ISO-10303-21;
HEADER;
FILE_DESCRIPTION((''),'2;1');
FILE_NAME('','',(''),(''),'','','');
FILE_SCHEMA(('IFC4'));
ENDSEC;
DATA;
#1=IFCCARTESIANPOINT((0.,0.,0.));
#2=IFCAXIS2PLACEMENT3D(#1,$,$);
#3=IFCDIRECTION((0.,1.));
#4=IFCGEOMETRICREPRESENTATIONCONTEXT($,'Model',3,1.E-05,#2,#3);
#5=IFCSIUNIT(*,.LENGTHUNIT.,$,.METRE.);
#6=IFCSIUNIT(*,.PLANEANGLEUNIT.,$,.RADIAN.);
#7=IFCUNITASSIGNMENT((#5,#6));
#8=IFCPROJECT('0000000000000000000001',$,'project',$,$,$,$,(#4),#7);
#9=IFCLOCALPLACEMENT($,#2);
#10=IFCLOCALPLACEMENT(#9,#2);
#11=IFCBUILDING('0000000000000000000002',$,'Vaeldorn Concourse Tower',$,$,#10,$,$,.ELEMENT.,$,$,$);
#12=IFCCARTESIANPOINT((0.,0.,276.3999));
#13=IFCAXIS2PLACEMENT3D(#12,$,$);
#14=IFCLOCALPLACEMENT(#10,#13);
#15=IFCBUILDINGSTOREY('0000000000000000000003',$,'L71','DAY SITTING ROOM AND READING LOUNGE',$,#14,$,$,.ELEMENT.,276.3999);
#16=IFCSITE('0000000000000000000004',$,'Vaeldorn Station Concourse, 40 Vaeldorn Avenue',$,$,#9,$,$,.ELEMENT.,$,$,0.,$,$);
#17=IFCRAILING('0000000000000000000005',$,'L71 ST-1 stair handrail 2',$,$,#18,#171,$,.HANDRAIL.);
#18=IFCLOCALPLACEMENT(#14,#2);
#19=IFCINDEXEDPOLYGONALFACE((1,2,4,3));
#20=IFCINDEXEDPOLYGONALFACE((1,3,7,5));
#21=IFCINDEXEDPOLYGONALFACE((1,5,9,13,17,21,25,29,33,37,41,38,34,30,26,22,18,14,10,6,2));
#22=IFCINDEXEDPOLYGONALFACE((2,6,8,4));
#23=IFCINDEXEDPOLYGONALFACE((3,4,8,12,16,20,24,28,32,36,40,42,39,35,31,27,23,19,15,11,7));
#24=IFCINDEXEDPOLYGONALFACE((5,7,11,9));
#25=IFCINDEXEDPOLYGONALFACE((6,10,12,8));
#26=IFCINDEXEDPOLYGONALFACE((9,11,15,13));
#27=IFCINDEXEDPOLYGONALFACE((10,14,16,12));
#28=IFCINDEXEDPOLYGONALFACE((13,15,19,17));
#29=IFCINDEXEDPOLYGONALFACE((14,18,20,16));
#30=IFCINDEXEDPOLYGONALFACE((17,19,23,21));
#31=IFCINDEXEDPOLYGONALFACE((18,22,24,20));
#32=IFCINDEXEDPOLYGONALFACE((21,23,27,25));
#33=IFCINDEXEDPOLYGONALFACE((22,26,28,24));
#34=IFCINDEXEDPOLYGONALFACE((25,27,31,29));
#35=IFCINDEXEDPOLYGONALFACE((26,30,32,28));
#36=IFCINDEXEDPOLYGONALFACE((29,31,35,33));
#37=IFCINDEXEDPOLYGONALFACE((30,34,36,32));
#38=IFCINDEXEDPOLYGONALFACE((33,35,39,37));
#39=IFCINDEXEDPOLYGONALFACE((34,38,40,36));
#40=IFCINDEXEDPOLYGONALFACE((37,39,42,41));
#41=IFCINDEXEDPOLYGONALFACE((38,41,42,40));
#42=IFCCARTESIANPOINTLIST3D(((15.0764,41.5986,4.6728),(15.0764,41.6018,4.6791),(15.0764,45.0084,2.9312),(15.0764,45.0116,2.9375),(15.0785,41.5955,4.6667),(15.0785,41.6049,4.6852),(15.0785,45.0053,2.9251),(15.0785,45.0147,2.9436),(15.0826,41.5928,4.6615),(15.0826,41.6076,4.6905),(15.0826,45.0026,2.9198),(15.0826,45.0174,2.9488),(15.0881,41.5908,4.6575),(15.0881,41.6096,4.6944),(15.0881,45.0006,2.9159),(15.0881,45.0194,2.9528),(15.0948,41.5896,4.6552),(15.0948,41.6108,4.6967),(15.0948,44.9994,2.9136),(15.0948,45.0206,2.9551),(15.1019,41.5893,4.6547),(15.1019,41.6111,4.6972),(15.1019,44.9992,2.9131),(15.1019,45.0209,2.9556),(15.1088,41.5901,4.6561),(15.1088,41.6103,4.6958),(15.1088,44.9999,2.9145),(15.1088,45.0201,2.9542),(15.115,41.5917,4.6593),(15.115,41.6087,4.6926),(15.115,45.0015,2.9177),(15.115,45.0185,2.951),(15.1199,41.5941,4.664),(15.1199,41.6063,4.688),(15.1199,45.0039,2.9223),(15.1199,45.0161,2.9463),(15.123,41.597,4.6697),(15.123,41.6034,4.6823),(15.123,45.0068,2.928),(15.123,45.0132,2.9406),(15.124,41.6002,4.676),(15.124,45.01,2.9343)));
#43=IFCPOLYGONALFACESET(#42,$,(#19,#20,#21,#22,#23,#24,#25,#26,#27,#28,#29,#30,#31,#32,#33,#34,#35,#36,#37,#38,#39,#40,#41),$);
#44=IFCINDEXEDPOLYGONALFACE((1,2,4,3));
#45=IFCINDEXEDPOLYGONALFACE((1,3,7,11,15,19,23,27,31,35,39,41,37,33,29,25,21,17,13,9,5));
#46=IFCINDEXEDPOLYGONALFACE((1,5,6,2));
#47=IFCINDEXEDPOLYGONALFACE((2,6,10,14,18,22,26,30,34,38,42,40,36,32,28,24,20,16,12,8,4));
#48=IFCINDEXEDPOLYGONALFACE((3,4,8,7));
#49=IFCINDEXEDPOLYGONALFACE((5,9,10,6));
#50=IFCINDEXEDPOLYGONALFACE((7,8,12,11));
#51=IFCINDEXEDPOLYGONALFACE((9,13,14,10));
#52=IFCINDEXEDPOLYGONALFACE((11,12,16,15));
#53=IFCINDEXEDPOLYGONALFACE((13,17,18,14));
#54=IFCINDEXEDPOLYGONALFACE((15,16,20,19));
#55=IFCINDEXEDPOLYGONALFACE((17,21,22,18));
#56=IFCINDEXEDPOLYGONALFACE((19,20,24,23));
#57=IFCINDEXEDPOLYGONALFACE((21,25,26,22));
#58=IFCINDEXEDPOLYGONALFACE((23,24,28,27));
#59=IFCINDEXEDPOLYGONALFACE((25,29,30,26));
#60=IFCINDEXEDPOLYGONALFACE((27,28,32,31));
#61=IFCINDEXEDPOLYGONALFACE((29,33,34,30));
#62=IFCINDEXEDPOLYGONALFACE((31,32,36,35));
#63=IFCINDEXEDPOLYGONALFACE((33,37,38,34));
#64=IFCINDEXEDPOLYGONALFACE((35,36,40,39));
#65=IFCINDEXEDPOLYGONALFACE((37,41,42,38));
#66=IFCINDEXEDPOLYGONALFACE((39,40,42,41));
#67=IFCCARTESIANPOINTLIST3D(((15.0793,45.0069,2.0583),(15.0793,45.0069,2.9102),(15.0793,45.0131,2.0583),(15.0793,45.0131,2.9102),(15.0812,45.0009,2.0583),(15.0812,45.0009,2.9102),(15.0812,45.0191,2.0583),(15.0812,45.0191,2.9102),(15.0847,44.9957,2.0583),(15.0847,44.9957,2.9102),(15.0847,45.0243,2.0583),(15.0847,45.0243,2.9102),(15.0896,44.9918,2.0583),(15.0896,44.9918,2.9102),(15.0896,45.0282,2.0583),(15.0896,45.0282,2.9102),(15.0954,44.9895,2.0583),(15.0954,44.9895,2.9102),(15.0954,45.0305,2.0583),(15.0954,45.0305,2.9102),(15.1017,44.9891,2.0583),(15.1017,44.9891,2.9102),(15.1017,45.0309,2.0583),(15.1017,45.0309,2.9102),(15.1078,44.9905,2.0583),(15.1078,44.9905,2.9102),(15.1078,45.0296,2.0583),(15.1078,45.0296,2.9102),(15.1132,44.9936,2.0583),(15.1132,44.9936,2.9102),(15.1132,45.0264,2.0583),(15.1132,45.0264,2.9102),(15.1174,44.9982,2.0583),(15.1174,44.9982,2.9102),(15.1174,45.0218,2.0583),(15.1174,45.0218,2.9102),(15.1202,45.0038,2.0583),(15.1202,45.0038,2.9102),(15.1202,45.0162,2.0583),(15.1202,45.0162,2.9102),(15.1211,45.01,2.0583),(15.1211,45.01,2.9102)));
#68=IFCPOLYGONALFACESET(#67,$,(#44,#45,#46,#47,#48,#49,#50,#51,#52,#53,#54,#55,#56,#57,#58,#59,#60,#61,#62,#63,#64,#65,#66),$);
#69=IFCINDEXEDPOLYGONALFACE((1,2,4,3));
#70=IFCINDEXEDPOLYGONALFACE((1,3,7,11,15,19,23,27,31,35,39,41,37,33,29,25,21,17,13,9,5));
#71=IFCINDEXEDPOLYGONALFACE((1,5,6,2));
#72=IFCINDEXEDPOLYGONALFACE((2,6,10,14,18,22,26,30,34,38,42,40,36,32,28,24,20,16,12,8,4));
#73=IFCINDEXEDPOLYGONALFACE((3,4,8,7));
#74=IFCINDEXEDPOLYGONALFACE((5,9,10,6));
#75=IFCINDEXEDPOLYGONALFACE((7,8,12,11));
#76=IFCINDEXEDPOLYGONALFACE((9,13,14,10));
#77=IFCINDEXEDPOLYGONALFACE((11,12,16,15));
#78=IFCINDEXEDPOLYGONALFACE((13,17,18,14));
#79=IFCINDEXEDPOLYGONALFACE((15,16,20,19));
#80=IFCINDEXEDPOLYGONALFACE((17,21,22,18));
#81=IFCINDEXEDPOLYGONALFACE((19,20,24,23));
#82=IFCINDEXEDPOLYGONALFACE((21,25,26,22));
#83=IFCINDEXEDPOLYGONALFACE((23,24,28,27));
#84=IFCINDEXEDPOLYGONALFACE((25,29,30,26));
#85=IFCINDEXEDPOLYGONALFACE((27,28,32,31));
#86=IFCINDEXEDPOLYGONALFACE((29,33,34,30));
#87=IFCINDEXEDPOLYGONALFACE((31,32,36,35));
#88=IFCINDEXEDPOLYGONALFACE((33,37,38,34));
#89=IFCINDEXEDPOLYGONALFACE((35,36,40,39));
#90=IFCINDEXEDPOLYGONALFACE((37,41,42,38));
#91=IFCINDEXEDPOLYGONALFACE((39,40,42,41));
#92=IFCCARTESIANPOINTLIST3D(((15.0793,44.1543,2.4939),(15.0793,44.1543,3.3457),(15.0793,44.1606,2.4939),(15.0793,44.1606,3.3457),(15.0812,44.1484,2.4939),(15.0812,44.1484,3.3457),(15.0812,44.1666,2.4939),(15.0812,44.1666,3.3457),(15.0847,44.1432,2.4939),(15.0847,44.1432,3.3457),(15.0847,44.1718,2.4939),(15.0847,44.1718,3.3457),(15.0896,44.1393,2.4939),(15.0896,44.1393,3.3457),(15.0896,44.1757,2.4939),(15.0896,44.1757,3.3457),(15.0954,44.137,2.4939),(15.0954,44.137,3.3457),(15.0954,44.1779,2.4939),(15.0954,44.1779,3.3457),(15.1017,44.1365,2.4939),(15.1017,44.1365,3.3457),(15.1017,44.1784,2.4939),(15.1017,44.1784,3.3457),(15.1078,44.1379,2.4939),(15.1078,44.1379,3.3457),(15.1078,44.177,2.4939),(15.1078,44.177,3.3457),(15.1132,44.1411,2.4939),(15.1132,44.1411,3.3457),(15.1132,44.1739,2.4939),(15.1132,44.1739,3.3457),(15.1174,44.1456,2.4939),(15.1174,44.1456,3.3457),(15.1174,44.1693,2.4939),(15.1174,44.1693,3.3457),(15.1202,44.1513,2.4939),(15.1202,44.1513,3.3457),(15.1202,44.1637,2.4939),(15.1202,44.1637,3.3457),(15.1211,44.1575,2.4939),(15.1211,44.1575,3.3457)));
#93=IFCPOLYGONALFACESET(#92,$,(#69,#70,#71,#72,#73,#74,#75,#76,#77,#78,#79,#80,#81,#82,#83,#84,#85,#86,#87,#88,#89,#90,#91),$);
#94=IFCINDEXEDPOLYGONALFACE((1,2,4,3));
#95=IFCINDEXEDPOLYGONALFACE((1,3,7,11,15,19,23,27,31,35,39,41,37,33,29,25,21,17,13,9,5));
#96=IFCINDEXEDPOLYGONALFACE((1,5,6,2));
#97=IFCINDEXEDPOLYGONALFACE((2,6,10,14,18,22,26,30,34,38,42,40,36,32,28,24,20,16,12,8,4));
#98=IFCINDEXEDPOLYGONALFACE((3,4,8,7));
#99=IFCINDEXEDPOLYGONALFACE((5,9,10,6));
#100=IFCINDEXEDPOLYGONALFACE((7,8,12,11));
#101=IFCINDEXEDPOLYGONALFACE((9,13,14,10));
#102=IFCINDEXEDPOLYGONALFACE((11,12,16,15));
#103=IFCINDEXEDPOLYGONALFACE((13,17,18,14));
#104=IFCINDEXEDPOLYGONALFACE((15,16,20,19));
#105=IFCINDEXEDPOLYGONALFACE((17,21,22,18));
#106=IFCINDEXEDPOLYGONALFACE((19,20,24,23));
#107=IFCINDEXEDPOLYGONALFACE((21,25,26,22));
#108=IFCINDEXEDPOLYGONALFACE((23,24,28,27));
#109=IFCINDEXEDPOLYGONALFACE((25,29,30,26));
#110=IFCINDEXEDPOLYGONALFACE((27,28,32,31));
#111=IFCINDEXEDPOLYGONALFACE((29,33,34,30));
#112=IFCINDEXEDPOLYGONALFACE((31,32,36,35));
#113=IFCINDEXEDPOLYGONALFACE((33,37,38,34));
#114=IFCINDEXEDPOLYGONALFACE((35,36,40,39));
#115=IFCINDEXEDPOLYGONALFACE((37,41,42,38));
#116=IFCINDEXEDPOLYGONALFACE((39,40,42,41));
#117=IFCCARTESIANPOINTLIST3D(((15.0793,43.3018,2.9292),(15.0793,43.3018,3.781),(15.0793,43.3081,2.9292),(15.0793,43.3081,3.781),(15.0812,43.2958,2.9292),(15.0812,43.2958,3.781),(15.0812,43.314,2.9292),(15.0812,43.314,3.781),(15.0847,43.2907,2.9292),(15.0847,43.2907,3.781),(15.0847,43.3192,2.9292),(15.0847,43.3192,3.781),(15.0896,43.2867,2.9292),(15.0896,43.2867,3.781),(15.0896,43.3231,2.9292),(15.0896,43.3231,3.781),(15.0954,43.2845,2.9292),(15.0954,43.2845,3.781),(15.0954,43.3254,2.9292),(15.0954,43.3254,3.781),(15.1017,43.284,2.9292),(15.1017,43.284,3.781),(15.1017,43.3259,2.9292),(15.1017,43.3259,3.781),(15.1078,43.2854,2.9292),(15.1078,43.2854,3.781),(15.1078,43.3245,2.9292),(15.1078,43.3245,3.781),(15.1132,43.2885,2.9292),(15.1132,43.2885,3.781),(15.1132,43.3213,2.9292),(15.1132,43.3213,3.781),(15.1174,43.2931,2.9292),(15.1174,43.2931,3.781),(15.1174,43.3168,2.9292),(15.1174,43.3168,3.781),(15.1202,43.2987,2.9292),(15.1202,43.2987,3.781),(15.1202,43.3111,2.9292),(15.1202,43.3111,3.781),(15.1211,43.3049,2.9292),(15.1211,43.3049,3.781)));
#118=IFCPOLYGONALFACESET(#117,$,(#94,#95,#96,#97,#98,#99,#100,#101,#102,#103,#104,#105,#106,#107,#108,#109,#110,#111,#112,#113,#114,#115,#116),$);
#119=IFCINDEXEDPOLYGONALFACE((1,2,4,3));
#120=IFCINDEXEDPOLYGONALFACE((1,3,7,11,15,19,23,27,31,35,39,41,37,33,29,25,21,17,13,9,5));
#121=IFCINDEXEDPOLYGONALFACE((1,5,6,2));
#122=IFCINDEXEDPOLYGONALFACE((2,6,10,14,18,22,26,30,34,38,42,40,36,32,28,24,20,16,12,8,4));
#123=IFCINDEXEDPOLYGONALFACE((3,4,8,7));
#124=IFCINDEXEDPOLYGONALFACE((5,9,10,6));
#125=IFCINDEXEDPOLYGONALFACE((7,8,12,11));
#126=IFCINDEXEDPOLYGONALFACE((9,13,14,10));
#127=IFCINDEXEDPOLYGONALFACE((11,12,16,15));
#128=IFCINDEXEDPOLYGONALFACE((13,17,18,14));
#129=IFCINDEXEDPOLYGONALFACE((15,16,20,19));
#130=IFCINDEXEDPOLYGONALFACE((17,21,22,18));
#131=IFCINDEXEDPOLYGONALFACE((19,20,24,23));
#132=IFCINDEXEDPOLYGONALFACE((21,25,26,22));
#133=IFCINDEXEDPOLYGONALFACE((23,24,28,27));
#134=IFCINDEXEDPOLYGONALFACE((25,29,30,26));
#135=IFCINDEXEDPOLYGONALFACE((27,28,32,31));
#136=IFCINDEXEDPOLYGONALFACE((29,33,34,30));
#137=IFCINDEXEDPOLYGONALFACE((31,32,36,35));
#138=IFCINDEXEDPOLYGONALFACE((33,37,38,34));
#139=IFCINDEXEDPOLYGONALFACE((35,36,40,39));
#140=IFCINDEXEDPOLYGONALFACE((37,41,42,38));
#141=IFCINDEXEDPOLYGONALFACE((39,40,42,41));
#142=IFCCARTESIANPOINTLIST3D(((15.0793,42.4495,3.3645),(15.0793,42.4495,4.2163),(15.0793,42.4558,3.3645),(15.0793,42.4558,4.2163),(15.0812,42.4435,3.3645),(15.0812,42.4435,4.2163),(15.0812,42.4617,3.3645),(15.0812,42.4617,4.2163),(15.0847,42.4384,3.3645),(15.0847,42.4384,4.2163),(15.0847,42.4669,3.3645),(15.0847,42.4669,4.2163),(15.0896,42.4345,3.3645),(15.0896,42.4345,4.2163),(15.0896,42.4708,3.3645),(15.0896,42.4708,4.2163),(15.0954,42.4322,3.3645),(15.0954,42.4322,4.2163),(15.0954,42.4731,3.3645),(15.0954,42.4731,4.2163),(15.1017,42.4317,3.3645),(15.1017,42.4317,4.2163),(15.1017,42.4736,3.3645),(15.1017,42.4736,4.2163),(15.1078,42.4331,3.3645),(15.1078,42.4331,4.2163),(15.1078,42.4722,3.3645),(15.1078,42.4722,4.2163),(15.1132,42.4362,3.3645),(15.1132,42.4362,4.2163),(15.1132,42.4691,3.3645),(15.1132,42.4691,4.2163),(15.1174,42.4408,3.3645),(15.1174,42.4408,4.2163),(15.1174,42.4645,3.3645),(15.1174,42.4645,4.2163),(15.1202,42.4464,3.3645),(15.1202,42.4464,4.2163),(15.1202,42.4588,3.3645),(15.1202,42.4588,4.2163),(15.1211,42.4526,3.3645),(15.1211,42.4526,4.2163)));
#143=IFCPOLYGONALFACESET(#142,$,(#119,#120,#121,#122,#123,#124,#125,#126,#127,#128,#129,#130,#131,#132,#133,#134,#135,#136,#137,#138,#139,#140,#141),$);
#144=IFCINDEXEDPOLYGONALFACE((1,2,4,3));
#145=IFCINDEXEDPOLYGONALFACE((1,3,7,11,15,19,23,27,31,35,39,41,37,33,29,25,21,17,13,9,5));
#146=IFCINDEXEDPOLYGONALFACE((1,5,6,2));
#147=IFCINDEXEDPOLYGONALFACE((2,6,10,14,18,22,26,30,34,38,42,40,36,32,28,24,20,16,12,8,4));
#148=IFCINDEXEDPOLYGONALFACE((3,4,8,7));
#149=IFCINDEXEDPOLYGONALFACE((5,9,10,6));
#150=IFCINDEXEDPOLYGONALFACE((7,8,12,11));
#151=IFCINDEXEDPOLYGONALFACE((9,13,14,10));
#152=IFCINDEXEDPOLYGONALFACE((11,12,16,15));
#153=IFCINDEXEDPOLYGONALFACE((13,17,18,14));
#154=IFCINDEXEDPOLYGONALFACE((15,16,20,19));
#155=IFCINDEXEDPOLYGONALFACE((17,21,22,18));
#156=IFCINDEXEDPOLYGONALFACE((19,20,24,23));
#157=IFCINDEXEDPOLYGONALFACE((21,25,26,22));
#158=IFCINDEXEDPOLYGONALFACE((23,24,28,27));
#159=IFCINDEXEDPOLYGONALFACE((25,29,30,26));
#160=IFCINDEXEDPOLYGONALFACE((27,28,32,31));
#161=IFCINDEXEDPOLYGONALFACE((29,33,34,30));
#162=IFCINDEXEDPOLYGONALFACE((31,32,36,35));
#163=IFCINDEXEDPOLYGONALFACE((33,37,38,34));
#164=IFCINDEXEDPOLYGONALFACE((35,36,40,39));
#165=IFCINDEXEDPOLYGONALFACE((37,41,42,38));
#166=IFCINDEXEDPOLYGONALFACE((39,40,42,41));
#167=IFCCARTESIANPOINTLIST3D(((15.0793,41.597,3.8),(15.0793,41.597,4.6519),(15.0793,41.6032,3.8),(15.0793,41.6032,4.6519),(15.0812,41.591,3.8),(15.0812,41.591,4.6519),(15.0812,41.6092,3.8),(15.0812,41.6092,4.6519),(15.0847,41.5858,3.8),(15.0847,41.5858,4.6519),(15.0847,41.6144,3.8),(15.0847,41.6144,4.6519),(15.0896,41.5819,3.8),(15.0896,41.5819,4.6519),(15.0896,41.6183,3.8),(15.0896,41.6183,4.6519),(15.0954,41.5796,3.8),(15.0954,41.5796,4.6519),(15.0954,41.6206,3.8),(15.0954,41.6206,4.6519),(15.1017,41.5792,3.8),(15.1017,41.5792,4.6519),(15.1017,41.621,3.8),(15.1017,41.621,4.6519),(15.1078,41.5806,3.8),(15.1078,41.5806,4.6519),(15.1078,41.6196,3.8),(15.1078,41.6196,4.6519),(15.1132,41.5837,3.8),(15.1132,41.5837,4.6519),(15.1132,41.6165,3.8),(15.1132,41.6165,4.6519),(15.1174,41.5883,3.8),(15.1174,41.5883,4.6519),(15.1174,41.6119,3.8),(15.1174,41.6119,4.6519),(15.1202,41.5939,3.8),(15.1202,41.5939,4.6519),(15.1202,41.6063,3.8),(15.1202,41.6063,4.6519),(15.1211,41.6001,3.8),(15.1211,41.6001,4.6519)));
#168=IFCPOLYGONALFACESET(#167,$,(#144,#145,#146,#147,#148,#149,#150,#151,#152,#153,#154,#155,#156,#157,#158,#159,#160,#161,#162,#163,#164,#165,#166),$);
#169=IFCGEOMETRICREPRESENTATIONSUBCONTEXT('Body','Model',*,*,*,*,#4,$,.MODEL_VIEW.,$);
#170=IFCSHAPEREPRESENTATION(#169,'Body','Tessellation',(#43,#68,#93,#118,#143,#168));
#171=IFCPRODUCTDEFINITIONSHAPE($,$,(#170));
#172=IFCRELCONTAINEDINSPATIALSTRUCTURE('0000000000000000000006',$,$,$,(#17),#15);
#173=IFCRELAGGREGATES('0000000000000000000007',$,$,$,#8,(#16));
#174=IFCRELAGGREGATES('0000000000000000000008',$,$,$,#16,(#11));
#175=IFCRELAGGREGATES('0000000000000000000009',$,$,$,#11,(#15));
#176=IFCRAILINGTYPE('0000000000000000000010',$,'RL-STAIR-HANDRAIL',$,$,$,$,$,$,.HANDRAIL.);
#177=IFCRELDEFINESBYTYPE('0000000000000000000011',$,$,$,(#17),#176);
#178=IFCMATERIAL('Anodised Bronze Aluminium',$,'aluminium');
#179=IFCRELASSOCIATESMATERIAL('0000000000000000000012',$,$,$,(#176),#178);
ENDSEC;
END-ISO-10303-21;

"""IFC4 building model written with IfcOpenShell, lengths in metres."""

from ifc_helpers import new_model, si_unit, direction, frame, origin, origin_2d, place, context, subcontext, project, spatial, circle, extrude, material, type_object, element, save


model = new_model("IFC4")

# Units and contexts
model_context = context("Model", 3, precision=1e-05, world=origin(), true_north=direction((0.0, 1.0)))
body_context = subcontext(model_context, "Body", "Model", "MODEL_VIEW")
ifc_project = project(units=[si_unit("LENGTHUNIT", "METRE"), si_unit("PLANEANGLEUNIT", "RADIAN")], contexts=[model_context])

# Site, building, storey
site_placement = place(None, origin())
site = spatial("IfcSite", under=ifc_project, at=site_placement, Name="Vaeldorn Station Concourse, 40 Vaeldorn Avenue", CompositionType="ELEMENT", RefElevation=0.0)
building_placement = place(site_placement, origin())
building = spatial("IfcBuilding", under=site, at=building_placement, Name="Vaeldorn Concourse Tower", CompositionType="ELEMENT")
storey_placement = place(building_placement, frame((0.0, 0.0, 276.3999)))
storey = spatial("IfcBuildingStorey", under=building, at=storey_placement, Name="L71", Description="DAY SITTING ROOM AND READING LOUNGE", CompositionType="ELEMENT", Elevation=276.3999)

# Shared definitions
ifc_material_1 = material(Name="Anodised Bronze Aluminium", Category="aluminium")

# Railing
railing_type_1 = type_object("IfcRailingType", Name="RL-STAIR-HANDRAIL", PredefinedType="HANDRAIL", material=ifc_material_1)
railing_1_placement = place(storey_placement, frame((15.1001, 45.01, 2.0583)))
element("IfcRailing", 1, at=railing_1_placement, inside=storey, type_object=railing_type_1, Name="L71 ST-1 stair handrail 2", PredefinedType="HANDRAIL", context=body_context, shape_type="SweptSolid", body=[
    extrude(circle(Radius=0.0239, at=origin_2d()), frame((0.0, 0.0, 0.876), z_axis=(0.0, -0.890556, 0.454874), x_axis=(1.0, 0.0, 0.0)), (0.0, 0.0, 1.0), 3.8289),
    extrude(circle(Radius=0.021, at=origin_2d()), origin(), (0.0, 0.0, 1.0), 0.8518),
    extrude(circle(Radius=0.021, at=origin_2d()), frame((0.0, -0.8525, 0.4355)), (0.0, 0.0, 1.0), 0.8518),
    extrude(circle(Radius=0.021, at=origin_2d()), frame((0.0, -1.7051, 0.8708)), (0.0, 0.0, 1.0), 0.8518),
    extrude(circle(Radius=0.021, at=origin_2d()), frame((0.0, -2.5574, 1.3062)), (0.0, 0.0, 1.0), 0.8518),
    extrude(circle(Radius=0.021, at=origin_2d()), frame((0.0, -3.4099, 1.7417)), (0.0, 0.0, 1.0), 0.8518),
])

save(model, "model.ifc")
